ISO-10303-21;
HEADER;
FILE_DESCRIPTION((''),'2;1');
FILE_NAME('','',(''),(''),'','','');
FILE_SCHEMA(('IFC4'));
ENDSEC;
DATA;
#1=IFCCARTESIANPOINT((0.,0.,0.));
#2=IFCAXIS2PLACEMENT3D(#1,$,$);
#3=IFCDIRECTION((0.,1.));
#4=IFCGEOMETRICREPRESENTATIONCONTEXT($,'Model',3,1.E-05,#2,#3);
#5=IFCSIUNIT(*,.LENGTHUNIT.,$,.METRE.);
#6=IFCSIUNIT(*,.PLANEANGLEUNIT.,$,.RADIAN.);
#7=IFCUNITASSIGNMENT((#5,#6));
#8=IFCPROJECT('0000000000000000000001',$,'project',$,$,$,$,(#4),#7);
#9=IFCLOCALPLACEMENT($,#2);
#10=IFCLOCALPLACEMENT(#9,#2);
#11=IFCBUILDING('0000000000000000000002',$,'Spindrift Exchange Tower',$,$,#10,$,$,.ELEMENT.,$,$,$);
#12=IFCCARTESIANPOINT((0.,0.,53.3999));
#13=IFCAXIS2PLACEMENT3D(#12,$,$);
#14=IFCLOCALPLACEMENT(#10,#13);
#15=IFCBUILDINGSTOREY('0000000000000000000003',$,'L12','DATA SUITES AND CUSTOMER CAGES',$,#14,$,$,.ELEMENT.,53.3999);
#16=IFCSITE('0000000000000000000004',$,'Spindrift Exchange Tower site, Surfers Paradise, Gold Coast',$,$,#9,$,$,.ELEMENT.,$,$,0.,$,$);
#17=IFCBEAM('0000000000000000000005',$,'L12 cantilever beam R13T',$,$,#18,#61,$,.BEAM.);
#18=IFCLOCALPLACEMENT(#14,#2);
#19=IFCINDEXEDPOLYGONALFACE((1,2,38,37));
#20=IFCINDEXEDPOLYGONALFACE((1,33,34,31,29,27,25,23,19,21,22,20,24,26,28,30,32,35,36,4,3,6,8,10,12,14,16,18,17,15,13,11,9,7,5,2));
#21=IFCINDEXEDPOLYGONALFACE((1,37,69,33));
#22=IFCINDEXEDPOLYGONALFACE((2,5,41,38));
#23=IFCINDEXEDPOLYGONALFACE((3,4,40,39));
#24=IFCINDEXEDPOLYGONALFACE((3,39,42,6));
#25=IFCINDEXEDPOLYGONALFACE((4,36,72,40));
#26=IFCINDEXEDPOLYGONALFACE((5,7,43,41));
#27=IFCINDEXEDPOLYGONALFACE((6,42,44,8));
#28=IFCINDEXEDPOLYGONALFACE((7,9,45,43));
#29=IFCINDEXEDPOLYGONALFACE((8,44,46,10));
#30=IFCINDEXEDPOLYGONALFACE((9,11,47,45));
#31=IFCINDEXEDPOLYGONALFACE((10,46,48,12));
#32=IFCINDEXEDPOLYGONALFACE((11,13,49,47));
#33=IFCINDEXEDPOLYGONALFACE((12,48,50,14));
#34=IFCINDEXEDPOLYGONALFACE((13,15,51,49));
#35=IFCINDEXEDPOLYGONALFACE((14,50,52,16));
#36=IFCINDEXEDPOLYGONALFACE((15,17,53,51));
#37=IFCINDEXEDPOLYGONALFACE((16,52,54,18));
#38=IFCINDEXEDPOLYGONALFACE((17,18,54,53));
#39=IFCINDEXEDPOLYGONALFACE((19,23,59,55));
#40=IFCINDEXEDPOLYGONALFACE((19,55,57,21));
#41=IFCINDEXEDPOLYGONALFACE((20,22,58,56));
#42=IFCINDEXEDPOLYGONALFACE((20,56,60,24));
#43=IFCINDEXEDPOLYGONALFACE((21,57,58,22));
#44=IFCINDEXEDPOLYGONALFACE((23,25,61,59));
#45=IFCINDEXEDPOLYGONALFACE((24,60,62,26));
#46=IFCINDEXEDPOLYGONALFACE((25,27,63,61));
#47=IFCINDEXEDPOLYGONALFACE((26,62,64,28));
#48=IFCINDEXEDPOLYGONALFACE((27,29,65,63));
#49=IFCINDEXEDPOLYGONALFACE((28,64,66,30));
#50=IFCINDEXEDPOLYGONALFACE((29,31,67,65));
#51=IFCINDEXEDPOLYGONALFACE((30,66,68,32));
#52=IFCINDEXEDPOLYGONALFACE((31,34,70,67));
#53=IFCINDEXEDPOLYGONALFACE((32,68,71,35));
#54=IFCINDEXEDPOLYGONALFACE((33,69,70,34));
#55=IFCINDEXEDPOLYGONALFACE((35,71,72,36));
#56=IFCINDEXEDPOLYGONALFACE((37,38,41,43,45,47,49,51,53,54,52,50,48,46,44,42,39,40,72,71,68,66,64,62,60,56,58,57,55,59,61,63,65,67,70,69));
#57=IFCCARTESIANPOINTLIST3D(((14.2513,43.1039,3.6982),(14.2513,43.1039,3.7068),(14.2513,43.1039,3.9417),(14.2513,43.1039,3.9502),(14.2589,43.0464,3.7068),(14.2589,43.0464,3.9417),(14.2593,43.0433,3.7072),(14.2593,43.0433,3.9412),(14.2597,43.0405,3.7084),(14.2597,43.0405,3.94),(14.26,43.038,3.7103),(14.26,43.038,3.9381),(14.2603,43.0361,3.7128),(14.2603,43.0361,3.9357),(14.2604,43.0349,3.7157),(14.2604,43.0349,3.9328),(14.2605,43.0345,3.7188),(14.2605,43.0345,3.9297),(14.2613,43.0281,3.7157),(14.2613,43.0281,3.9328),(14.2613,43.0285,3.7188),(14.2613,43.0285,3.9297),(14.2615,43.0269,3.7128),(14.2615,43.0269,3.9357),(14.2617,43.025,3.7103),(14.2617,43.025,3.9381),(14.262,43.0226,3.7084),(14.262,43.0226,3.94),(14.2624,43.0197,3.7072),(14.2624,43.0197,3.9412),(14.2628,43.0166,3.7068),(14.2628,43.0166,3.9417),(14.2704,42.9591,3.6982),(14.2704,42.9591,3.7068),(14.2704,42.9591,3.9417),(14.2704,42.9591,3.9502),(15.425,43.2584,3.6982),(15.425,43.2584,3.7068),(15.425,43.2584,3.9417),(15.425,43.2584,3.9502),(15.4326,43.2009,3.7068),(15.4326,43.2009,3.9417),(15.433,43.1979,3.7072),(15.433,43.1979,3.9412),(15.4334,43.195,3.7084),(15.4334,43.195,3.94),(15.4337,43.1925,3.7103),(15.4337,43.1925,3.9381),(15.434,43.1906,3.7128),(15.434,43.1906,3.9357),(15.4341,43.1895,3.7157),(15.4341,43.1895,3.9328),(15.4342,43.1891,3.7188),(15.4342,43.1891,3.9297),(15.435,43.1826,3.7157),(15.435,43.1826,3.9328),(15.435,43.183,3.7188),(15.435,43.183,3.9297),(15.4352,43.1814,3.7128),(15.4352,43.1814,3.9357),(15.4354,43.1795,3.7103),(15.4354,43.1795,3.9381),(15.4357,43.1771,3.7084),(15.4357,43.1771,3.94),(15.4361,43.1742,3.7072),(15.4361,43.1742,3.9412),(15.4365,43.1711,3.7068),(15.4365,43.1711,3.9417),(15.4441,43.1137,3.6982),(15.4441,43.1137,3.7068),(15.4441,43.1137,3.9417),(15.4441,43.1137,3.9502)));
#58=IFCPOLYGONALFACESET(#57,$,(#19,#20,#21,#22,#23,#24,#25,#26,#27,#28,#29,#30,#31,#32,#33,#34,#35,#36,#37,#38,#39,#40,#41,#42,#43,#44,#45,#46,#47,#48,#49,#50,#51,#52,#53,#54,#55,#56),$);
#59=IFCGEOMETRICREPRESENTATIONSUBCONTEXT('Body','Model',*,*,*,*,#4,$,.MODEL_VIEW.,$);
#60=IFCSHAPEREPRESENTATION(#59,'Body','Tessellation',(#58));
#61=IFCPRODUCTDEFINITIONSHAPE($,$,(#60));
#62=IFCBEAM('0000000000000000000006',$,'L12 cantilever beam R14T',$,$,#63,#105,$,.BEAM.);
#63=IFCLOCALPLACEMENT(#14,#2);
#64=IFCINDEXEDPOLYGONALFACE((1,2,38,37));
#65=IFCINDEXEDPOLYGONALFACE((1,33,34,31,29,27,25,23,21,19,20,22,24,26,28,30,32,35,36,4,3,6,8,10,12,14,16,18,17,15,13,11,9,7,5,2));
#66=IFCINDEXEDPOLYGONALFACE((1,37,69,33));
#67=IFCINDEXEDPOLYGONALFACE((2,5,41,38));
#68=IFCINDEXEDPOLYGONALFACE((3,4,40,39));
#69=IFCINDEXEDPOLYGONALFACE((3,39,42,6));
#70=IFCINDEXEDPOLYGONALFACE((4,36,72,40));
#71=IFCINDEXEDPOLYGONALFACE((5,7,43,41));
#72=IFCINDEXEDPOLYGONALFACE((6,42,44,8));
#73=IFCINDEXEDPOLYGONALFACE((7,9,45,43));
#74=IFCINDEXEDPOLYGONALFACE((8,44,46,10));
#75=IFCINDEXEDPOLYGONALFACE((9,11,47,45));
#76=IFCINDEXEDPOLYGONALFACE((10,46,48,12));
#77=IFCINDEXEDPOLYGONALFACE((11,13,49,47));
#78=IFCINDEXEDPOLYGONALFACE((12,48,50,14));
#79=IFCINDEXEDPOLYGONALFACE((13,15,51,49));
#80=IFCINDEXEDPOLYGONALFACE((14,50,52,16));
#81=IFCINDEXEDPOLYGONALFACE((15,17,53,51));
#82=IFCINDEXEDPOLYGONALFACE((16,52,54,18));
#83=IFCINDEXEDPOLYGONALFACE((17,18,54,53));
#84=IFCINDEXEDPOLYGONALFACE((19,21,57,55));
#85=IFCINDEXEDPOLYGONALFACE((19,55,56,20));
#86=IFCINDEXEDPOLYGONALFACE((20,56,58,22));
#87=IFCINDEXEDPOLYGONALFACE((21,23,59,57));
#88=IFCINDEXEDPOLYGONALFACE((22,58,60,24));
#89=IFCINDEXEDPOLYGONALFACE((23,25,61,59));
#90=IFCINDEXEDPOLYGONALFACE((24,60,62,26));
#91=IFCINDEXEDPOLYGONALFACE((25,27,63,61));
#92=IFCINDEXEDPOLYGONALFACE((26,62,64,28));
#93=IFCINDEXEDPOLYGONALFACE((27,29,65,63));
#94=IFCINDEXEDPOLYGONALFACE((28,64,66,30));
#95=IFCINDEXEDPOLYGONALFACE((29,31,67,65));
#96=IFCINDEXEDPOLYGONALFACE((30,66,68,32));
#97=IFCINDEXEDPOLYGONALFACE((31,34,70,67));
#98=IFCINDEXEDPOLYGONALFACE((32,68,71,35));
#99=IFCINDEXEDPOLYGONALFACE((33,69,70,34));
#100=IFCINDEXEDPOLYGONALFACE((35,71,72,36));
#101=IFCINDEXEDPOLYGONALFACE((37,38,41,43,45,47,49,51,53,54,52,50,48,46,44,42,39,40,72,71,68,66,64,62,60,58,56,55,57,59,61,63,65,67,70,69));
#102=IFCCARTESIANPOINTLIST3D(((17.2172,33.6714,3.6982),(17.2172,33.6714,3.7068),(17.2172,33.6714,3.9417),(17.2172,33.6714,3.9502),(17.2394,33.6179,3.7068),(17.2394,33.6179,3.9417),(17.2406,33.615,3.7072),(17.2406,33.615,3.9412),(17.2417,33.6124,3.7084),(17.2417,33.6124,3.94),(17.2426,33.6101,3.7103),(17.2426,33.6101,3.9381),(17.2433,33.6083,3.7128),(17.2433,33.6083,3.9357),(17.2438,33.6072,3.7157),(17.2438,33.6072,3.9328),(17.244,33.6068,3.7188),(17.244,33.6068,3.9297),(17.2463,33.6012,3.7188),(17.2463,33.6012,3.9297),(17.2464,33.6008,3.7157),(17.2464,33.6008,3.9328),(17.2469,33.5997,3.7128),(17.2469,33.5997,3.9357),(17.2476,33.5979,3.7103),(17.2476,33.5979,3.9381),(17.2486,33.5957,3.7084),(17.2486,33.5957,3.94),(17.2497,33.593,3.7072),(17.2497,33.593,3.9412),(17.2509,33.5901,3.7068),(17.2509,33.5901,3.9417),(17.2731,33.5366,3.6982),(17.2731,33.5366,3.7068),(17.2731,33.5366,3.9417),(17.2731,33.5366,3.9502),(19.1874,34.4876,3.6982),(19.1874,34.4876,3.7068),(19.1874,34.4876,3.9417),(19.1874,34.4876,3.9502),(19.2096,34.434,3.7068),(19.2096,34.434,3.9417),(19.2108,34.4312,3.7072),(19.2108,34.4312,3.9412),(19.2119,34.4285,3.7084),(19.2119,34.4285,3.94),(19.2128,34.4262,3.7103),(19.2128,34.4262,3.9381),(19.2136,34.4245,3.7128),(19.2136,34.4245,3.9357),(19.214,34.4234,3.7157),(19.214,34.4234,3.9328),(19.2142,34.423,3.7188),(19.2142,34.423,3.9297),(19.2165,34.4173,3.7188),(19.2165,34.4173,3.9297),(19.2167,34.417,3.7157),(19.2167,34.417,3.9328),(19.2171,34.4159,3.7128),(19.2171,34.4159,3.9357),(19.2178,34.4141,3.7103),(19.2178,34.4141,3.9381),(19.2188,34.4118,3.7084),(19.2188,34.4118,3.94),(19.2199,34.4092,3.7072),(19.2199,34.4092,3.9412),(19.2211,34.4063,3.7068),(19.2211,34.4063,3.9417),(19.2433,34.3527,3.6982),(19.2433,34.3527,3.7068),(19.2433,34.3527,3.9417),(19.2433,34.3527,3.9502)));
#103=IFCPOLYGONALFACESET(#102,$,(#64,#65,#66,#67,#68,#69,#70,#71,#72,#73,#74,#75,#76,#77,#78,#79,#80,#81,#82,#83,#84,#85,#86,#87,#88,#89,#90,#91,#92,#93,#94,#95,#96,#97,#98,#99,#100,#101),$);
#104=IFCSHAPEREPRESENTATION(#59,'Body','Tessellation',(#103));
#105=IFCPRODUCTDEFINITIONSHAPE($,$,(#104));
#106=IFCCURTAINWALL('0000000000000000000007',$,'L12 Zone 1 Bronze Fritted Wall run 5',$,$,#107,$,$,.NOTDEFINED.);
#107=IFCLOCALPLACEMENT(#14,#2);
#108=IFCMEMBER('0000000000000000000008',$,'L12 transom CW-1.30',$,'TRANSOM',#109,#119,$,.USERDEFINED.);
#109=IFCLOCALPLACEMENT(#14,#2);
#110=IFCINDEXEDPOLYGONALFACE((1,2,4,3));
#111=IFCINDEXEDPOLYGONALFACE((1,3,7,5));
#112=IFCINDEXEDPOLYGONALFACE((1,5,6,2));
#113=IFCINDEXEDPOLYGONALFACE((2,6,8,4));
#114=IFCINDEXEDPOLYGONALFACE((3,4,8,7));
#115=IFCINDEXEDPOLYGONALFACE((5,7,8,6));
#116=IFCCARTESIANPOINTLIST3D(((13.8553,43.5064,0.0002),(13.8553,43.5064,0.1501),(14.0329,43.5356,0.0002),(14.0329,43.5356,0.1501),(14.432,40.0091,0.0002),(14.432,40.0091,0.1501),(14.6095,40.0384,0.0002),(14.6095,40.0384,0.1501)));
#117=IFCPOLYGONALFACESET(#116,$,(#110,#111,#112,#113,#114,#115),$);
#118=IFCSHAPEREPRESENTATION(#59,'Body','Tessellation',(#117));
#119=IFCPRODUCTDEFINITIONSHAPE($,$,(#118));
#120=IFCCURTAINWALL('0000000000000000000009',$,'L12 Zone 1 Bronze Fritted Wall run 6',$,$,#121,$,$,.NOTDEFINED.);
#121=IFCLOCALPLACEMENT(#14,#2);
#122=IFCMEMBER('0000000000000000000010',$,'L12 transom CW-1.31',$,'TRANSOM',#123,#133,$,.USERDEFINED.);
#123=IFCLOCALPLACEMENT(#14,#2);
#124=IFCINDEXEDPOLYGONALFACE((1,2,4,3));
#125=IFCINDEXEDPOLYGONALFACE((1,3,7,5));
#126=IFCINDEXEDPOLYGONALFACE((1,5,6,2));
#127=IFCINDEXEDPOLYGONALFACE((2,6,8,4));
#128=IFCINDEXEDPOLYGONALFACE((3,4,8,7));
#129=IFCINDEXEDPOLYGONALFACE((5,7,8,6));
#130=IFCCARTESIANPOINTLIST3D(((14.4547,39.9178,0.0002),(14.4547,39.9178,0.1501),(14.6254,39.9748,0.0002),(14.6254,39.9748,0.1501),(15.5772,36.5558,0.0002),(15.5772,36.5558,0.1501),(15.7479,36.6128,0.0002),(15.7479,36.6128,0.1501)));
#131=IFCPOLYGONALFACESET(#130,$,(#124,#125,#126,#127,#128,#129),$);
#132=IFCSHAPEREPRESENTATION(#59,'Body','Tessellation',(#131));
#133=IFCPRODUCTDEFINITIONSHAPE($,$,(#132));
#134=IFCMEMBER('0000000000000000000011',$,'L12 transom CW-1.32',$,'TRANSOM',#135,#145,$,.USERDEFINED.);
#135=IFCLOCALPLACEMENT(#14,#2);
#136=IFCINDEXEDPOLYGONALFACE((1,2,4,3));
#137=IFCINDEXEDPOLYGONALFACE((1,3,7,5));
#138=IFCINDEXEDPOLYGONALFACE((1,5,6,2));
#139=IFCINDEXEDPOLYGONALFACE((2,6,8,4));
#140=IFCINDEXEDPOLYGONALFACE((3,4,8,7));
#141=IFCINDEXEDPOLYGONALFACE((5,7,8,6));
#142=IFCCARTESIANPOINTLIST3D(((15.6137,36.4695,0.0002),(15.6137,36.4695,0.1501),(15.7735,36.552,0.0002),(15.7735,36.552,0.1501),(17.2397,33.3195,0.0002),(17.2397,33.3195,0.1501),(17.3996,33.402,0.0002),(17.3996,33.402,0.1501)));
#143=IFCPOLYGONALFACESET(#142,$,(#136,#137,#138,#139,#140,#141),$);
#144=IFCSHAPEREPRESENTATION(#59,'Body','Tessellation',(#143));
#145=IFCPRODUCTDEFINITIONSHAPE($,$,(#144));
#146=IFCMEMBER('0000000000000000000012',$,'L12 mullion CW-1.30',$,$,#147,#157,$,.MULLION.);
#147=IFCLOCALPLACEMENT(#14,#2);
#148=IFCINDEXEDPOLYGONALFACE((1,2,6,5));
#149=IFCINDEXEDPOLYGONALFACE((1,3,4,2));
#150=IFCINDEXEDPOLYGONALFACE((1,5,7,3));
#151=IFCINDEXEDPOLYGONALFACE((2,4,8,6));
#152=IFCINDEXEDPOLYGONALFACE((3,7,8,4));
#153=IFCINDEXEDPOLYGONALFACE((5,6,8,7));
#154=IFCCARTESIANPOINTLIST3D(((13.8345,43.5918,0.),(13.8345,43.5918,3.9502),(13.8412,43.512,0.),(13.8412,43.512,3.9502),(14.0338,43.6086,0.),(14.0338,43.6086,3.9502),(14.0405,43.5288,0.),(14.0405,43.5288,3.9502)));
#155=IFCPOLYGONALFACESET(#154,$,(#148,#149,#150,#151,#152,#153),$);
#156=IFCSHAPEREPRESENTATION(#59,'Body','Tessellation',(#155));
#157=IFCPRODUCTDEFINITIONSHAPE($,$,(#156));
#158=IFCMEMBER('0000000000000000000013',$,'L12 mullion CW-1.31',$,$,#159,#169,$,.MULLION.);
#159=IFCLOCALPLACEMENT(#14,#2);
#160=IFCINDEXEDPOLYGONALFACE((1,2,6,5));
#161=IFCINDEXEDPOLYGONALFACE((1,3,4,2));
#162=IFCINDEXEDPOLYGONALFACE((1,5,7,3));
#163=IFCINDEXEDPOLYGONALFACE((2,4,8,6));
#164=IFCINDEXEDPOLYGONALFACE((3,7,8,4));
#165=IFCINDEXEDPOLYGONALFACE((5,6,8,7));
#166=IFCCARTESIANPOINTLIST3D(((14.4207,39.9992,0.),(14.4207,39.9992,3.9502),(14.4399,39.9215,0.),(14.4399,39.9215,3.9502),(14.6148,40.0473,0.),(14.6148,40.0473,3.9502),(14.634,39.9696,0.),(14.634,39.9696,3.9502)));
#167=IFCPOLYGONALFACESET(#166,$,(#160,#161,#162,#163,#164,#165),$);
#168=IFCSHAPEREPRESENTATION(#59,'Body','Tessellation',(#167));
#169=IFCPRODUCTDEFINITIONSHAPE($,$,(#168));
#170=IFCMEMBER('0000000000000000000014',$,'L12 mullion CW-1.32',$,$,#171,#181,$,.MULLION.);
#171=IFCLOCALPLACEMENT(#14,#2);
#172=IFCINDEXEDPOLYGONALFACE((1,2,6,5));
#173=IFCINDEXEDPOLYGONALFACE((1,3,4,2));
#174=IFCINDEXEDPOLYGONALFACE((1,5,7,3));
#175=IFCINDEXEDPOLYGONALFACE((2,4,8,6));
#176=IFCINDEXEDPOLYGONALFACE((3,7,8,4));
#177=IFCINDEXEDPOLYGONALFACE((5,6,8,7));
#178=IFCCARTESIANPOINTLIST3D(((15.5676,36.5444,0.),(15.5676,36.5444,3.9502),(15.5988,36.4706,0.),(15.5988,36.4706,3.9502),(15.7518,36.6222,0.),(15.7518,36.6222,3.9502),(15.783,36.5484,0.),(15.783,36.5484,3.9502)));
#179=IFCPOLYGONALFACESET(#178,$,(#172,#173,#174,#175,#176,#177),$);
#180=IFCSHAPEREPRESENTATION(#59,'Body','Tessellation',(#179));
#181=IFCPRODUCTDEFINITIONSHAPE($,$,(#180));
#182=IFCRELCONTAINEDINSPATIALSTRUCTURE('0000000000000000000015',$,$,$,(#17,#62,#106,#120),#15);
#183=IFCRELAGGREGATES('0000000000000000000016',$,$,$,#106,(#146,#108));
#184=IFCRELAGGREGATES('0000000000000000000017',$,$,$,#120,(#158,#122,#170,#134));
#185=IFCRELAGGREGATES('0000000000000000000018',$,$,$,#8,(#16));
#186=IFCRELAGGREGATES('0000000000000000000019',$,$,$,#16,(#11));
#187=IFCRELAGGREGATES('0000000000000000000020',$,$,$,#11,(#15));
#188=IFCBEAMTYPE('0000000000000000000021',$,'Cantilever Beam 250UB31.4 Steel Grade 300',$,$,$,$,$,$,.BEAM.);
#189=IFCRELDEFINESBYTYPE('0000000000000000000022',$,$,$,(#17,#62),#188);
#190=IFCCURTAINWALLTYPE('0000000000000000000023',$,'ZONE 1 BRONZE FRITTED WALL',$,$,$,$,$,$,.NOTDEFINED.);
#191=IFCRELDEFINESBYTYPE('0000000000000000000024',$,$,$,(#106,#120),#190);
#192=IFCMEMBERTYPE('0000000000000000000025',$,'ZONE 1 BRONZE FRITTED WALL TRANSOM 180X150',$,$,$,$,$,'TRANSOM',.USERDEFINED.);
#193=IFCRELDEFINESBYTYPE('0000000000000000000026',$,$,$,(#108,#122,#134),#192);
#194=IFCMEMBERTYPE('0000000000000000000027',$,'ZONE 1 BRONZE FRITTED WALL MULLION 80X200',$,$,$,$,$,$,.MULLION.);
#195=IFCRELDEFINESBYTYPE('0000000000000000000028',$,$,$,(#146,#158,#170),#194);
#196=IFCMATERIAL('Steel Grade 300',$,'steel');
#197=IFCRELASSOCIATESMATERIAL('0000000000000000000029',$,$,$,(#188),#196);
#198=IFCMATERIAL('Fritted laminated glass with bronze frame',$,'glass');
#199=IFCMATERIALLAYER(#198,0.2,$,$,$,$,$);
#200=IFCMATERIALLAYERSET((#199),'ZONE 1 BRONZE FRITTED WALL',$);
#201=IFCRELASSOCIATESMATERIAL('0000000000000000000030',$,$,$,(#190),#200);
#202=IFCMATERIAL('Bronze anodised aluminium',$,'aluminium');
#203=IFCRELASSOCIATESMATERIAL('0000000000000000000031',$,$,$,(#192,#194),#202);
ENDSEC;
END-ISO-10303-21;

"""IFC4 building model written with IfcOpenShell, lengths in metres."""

from ifc_helpers import new_model, si_unit, direction, frame, origin, origin_2d, place, context, subcontext, project, spatial, rectangle, i_section, extrude, source, transform, mapped, material, layer, layer_set, material_profile, profile_set, type_object, element, aggregate, save


model = new_model("IFC4")

# Units and contexts
model_context = context("Model", 3, precision=1e-05, world=origin(), true_north=direction((0.0, 1.0)))
body_context = subcontext(model_context, "Body", "Model", "MODEL_VIEW")
ifc_project = project(units=[si_unit("LENGTHUNIT", "METRE"), si_unit("PLANEANGLEUNIT", "RADIAN")], contexts=[model_context])

# Site, building, storey
site_placement = place(None, origin())
site = spatial("IfcSite", under=ifc_project, at=site_placement, Name="Spindrift Exchange Tower site, Surfers Paradise, Gold Coast", CompositionType="ELEMENT", RefElevation=0.0)
building_placement = place(site_placement, origin())
building = spatial("IfcBuilding", under=site, at=building_placement, Name="Spindrift Exchange Tower", CompositionType="ELEMENT")
storey_placement = place(building_placement, frame((0.0, 0.0, 53.3999)))
storey = spatial("IfcBuildingStorey", under=building, at=storey_placement, Name="L12", Description="DATA SUITES AND CUSTOMER CAGES", CompositionType="ELEMENT", Elevation=53.3999)

# Beams
ifc_material_1 = material(Name="Steel Grade 300", Category="steel")
ifc_material_profile_1 = material_profile(ifc_material_1, i_section(OverallWidth=0.146, OverallDepth=0.252, WebThickness=0.0061, FlangeThickness=0.0085, FilletRadius=0.012, at=origin_2d()), Name="250UB31.4")
ifc_profile_set_1 = profile_set([ifc_material_profile_1], Name="Steel Grade 300")
beam_type_1 = type_object("IfcBeamType", Name="Cantilever Beam 250UB31.4 Steel Grade 300", PredefinedType="BEAM", material=ifc_profile_set_1)
shared_shape_1 = source(origin(), body_context, "Body", "SweptSolid", [
    extrude(i_section(OverallWidth=0.146, OverallDepth=0.252, WebThickness=0.0061, FlangeThickness=0.0085, FilletRadius=0.012, at=origin_2d()), origin(), (0.0, 0.0, 1.0), 1.1838),
])
beam_1_placement = place(storey_placement, frame((15.4346, 43.186, 3.8242), z_axis=(-0.991444, -0.130529, 0.0), x_axis=(0.130529, -0.991444, 0.0)))
element("IfcBeam", 1, at=beam_1_placement, inside=storey, type_object=beam_type_1, Name="L12 cantilever beam R13T", PredefinedType="BEAM", context=body_context, shape_type="MappedRepresentation", body=[
    mapped(shared_shape_1, transform((0.0, 0.0, 0.0), scale=1.0)),
])
shared_shape_2 = source(origin(), body_context, "Body", "SweptSolid", [
    extrude(i_section(OverallWidth=0.146, OverallDepth=0.252, WebThickness=0.0061, FlangeThickness=0.0085, FilletRadius=0.012, at=origin_2d()), origin(), (0.0, 0.0, 1.0), 2.1326),
])
beam_2_placement = place(storey_placement, frame((19.2153, 34.4202, 3.8242), z_axis=(-0.923868, -0.382712, 0.0), x_axis=(0.382712, -0.923868, 0.0)))
element("IfcBeam", 2, at=beam_2_placement, inside=storey, type_object=beam_type_1, Name="L12 cantilever beam R14T", PredefinedType="BEAM", context=body_context, shape_type="MappedRepresentation", body=[
    mapped(shared_shape_2, transform((0.0, 0.0, 0.0), scale=1.0)),
])

# Curtain wall, member
ifc_material_2 = material(Name="Fritted laminated glass with bronze frame", Category="glass")
ifc_layer_1 = layer(ifc_material_2, 0.2)
ifc_layer_set_1 = layer_set([ifc_layer_1], Name="ZONE 1 BRONZE FRITTED WALL")
curtain_wall_type = type_object("IfcCurtainWallType", Name="ZONE 1 BRONZE FRITTED WALL", PredefinedType="NOTDEFINED", material=ifc_layer_set_1)
curtain_wall_1_placement = place(storey_placement, origin())
curtain_wall_1 = element("IfcCurtainWall", 3, at=curtain_wall_1_placement, inside=storey, type_object=curtain_wall_type, Name="L12 Zone 1 Bronze Fritted Wall run 5", PredefinedType="NOTDEFINED")
ifc_material_3 = material(Name="Bronze anodised aluminium", Category="aluminium")
ifc_material_profile_2 = material_profile(ifc_material_3, rectangle(XDim=0.1799, YDim=0.1499, at=origin_2d()), Name="ZONE 1 BRONZE FRITTED WALL TRANSOM 180X150")
ifc_profile_set_2 = profile_set([ifc_material_profile_2], Name="Bronze anodised aluminium")
member_type_1 = type_object("IfcMemberType", Name="ZONE 1 BRONZE FRITTED WALL TRANSOM 180X150", ElementType="TRANSOM", PredefinedType="USERDEFINED", material=ifc_profile_set_2)
shared_shape_3 = source(origin(), body_context, "Body", "SweptSolid", [
    extrude(rectangle(XDim=0.1799, YDim=0.1499, at=origin_2d()), origin(), (0.0, 0.0, 1.0), 3.5444),
])
member_1_placement = place(storey_placement, frame((13.9441, 43.521, 0.0752), z_axis=(0.16269, -0.986677, 0.0), x_axis=(0.986677, 0.16269, 0.0)))
member_1 = element("IfcMember", 4, at=member_1_placement, type_object=member_type_1, Name="L12 transom CW-1.30", ObjectType="TRANSOM", PredefinedType="USERDEFINED", context=body_context, shape_type="MappedRepresentation", body=[
    mapped(shared_shape_3, transform((0.0, 0.0, 0.0), scale=1.0)),
])

# Curtain wall, members
curtain_wall_2_placement = place(storey_placement, origin())
curtain_wall_2 = element("IfcCurtainWall", 5, at=curtain_wall_2_placement, inside=storey, type_object=curtain_wall_type, Name="L12 Zone 1 Bronze Fritted Wall run 6", PredefinedType="NOTDEFINED")
member_2_placement = place(storey_placement, frame((14.54, 39.9463, 0.0752), z_axis=(0.316703, -0.948525, 0.0), x_axis=(0.948525, 0.316703, 0.0)))
member_2 = element("IfcMember", 6, at=member_2_placement, type_object=member_type_1, Name="L12 transom CW-1.31", ObjectType="TRANSOM", PredefinedType="USERDEFINED", context=body_context, shape_type="MappedRepresentation", body=[
    mapped(shared_shape_3, transform((0.0, 0.0, 0.0), scale=1.0)),
])
shared_shape_4 = source(origin(), body_context, "Body", "SweptSolid", [
    extrude(rectangle(XDim=0.1799, YDim=0.1499, at=origin_2d()), origin(), (0.0, 0.0, 1.0), 3.5449),
])
member_3_placement = place(storey_placement, frame((15.6936, 36.5107, 0.0752), z_axis=(0.458692, -0.888595, 0.0), x_axis=(0.888595, 0.458692, 0.0)))
member_3 = element("IfcMember", 7, at=member_3_placement, type_object=member_type_1, Name="L12 transom CW-1.32", ObjectType="TRANSOM", PredefinedType="USERDEFINED", context=body_context, shape_type="MappedRepresentation", body=[
    mapped(shared_shape_4, transform((0.0, 0.0, 0.0), scale=1.0)),
])

# Members
ifc_material_profile_3 = material_profile(ifc_material_3, rectangle(XDim=0.0801, YDim=0.2, at=origin_2d()), Name="ZONE 1 BRONZE FRITTED WALL MULLION 80X200")
ifc_profile_set_3 = profile_set([ifc_material_profile_3], Name="Bronze anodised aluminium")
member_type_2 = type_object("IfcMemberType", Name="ZONE 1 BRONZE FRITTED WALL MULLION 80X200", PredefinedType="MULLION", material=ifc_profile_set_3)
shared_shape_5 = source(origin(), body_context, "Body", "SweptSolid", [
    extrude(rectangle(XDim=0.0801, YDim=0.2, at=origin_2d()), origin(), (0.0, 0.0, 1.0), 3.9502),
])
member_4_placement = place(storey_placement, frame((13.9375, 43.5603, 0.0), z_axis=(0.0, 0.0, 1.0), x_axis=(0.083892, -0.996475, 0.0)))
member_4 = element("IfcMember", 8, at=member_4_placement, type_object=member_type_2, Name="L12 mullion CW-1.30", PredefinedType="MULLION", context=body_context, shape_type="MappedRepresentation", body=[
    mapped(shared_shape_5, transform((0.0, 0.0, 0.0), scale=1.0)),
])
member_5_placement = place(storey_placement, frame((14.5273, 39.9844, 0.0), z_axis=(0.0, 0.0, 1.0), x_axis=(0.240476, -0.970655, 0.0)))
member_5 = element("IfcMember", 9, at=member_5_placement, type_object=member_type_2, Name="L12 mullion CW-1.31", PredefinedType="MULLION", context=body_context, shape_type="MappedRepresentation", body=[
    mapped(shared_shape_5, transform((0.0, 0.0, 0.0), scale=1.0)),
])
member_6_placement = place(storey_placement, frame((15.6753, 36.5464, 0.0), z_axis=(0.0, 0.0, 1.0), x_axis=(0.388859, -0.921297, 0.0)))
member_6 = element("IfcMember", 10, at=member_6_placement, type_object=member_type_2, Name="L12 mullion CW-1.32", PredefinedType="MULLION", context=body_context, shape_type="MappedRepresentation", body=[
    mapped(shared_shape_5, transform((0.0, 0.0, 0.0), scale=1.0)),
])

aggregate(curtain_wall_1, [member_4, member_1])
aggregate(curtain_wall_2, [member_5, member_2, member_6, member_3])

save(model, "model.ifc")
